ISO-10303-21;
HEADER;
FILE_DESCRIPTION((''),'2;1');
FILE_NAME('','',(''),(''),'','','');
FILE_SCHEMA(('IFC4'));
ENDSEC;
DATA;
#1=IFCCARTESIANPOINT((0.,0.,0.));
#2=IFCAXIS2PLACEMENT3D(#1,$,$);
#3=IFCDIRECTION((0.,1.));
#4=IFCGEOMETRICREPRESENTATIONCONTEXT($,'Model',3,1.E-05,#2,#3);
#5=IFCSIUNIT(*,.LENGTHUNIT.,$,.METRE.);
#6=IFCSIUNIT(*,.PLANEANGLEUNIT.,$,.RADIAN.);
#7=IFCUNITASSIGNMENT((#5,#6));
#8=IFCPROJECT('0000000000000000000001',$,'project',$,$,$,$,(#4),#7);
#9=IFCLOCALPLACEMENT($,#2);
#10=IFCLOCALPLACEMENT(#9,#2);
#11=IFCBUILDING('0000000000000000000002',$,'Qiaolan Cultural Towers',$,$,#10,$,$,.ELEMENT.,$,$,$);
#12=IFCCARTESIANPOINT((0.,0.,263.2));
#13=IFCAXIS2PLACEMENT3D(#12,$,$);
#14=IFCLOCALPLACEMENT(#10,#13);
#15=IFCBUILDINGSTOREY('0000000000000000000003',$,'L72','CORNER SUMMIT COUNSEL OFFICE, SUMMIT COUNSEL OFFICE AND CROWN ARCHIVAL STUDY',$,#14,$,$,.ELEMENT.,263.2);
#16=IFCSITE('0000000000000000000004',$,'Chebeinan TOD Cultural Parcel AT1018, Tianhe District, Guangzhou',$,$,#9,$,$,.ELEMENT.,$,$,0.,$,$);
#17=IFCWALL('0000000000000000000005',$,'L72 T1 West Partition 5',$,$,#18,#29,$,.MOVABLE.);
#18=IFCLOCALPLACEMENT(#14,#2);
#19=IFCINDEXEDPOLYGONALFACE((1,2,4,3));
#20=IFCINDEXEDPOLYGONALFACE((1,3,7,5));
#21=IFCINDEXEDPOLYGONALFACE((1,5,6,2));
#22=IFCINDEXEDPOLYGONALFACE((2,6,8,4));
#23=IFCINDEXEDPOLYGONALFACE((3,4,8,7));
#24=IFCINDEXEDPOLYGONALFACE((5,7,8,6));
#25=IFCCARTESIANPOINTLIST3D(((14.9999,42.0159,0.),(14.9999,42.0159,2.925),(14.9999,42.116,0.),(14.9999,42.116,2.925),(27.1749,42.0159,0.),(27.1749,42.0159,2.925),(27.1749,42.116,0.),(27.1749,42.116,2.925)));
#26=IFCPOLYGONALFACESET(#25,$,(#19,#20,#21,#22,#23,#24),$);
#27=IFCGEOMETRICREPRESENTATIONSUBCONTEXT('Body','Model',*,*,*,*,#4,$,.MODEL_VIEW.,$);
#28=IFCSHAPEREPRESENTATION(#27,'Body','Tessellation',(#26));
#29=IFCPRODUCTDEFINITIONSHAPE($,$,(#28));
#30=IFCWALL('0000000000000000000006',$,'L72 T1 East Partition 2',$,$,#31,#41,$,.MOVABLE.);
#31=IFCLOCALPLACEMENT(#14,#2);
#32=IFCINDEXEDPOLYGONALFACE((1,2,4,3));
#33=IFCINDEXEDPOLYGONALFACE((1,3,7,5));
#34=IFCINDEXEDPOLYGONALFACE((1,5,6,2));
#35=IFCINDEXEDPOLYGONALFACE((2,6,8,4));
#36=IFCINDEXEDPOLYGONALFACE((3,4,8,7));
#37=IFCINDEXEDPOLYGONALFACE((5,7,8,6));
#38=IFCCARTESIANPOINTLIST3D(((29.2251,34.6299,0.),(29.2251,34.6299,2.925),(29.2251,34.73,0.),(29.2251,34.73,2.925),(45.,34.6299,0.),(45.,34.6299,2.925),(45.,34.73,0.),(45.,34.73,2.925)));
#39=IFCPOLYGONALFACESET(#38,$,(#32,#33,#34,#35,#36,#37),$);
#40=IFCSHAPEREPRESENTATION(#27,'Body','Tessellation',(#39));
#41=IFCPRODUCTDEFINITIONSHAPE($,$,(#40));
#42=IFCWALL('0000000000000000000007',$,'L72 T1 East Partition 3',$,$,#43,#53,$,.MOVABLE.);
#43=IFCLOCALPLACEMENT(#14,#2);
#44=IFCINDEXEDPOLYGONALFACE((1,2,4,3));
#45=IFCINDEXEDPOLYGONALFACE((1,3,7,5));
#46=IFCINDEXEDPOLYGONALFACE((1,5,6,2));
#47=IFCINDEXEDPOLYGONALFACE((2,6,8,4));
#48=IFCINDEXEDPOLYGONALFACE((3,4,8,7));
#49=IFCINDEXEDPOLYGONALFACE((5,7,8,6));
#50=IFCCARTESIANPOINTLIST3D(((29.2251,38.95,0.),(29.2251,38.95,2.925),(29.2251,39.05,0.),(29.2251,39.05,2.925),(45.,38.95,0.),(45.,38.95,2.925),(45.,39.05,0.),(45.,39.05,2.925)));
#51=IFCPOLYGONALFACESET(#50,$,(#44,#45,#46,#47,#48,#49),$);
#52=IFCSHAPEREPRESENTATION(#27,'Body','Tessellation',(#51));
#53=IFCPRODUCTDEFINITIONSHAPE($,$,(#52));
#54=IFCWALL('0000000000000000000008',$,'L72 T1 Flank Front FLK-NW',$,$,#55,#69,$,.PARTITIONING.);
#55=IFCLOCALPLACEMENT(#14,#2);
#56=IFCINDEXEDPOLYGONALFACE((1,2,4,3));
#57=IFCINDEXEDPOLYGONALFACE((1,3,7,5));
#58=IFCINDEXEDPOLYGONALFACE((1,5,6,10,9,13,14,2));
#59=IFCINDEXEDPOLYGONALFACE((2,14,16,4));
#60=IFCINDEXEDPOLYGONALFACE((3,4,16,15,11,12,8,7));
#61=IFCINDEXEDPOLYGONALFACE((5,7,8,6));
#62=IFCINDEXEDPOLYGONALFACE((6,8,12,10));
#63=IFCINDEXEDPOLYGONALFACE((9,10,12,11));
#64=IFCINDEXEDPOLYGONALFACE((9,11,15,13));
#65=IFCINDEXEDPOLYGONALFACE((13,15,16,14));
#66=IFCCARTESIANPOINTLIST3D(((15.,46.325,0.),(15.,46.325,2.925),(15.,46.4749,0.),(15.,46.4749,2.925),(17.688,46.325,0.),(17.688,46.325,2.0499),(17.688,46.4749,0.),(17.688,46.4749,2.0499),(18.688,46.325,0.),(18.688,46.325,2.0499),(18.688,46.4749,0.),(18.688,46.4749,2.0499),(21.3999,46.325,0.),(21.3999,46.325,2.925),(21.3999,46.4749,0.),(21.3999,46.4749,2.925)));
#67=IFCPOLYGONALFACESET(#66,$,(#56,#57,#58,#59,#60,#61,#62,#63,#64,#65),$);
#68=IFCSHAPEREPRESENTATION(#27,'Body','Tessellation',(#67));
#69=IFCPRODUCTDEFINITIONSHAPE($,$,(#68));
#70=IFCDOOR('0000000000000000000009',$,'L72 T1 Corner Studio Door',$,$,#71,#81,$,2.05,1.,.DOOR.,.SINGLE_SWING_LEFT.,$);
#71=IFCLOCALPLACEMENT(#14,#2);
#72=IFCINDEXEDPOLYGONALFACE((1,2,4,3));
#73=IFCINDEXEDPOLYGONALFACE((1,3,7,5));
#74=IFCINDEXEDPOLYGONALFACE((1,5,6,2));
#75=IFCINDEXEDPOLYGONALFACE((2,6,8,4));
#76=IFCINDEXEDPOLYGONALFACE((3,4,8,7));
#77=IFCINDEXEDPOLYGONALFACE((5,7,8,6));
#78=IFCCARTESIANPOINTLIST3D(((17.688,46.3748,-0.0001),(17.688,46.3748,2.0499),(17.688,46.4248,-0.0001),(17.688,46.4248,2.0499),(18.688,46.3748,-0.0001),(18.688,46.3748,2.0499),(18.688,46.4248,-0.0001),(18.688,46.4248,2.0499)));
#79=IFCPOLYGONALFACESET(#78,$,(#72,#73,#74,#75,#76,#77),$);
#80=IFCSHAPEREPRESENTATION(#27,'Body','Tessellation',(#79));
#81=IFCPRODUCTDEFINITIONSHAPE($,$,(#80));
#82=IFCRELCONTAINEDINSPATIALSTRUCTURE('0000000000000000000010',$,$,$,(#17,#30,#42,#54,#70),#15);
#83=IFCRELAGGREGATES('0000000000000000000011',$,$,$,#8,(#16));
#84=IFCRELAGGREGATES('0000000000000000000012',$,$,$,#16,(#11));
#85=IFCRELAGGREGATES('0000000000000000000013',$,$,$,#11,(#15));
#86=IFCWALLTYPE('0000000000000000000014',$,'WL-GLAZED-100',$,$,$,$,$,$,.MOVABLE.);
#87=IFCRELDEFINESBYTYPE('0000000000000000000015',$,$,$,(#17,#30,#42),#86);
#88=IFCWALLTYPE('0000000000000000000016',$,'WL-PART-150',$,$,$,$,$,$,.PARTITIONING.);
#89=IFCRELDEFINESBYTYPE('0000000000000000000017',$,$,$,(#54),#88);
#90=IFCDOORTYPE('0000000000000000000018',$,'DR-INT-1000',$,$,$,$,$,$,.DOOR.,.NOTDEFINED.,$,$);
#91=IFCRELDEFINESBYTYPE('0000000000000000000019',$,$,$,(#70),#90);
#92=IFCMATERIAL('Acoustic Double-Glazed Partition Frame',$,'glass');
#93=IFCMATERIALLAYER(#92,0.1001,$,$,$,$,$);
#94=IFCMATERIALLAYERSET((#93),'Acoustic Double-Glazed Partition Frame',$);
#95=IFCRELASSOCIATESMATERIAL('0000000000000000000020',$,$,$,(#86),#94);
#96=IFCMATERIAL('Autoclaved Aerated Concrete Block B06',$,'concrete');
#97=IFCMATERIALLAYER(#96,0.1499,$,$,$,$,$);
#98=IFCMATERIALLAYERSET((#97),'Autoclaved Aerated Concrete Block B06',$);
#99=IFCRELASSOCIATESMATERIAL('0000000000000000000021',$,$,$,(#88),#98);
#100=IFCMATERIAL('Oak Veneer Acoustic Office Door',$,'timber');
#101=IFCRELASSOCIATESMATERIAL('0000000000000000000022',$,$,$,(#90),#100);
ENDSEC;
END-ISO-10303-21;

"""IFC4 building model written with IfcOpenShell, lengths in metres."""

from ifc_helpers import new_model, si_unit, direction, frame, frame_2d, origin, place, context, subcontext, project, spatial, rectangle, extrude, material, layer, layer_set, type_object, element, fill, save


model = new_model("IFC4")

# Units and contexts
model_context = context("Model", 3, precision=1e-05, world=origin(), true_north=direction((0.0, 1.0)))
body_context = subcontext(model_context, "Body", "Model", "MODEL_VIEW")
ifc_project = project(units=[si_unit("LENGTHUNIT", "METRE"), si_unit("PLANEANGLEUNIT", "RADIAN")], contexts=[model_context])

# Site, building, storey
site_placement = place(None, origin())
site = spatial("IfcSite", under=ifc_project, at=site_placement, Name="Chebeinan TOD Cultural Parcel AT1018, Tianhe District, Guangzhou", CompositionType="ELEMENT", RefElevation=0.0)
building_placement = place(site_placement, origin())
building = spatial("IfcBuilding", under=site, at=building_placement, Name="Qiaolan Cultural Towers", CompositionType="ELEMENT")
storey_placement = place(building_placement, frame((0.0, 0.0, 263.2)))
storey = spatial("IfcBuildingStorey", under=building, at=storey_placement, Name="L72", Description="CORNER SUMMIT COUNSEL OFFICE, SUMMIT COUNSEL OFFICE AND CROWN ARCHIVAL STUDY", CompositionType="ELEMENT", Elevation=263.2)

# Walls
ifc_material_1 = material(Name="Acoustic Double-Glazed Partition Frame", Category="glass")
ifc_layer_1 = layer(ifc_material_1, 0.1001)
ifc_layer_set_1 = layer_set([ifc_layer_1], Name="Acoustic Double-Glazed Partition Frame")
wall_type_1 = type_object("IfcWallType", Name="WL-GLAZED-100", PredefinedType="MOVABLE", material=ifc_layer_set_1)
for number, where, z_axis, x_axis, name in (
    (1, (15.0, 42.0659, 0.0), (0.0, 0.0, 1.0), (1.0, 0.0, 0.0), "L72 T1 West Partition 5"),
):
    element("IfcWall", number, at=place(storey_placement, frame(where, z_axis=z_axis, x_axis=x_axis)), inside=storey, type_object=wall_type_1, Name=name, PredefinedType="MOVABLE", context=body_context, shape_type="SweptSolid", body=[
        extrude(rectangle(XDim=12.175, YDim=0.1001, at=frame_2d((6.0874, 0.0))), origin(), (0.0, 0.0, 1.0), 2.925),
    ])
for number, where, z_axis, x_axis, name in (
    (2, (29.2251, 34.6799, 0.0), (0.0, 0.0, 1.0), (1.0, 0.0, 0.0), "L72 T1 East Partition 2"),
    (3, (29.2251, 39.0, 0.0), (0.0, 0.0, 1.0), (1.0, 0.0, 0.0), "L72 T1 East Partition 3"),
):
    element("IfcWall", number, at=place(storey_placement, frame(where, z_axis=z_axis, x_axis=x_axis)), inside=storey, type_object=wall_type_1, Name=name, PredefinedType="MOVABLE", context=body_context, shape_type="SweptSolid", body=[
        extrude(rectangle(XDim=15.7749, YDim=0.1001, at=frame_2d((7.8875, 0.0))), origin(), (0.0, 0.0, 1.0), 2.925),
    ])

# Wall, opening, door
ifc_material_2 = material(Name="Autoclaved Aerated Concrete Block B06", Category="concrete")
ifc_layer_2 = layer(ifc_material_2, 0.1499)
ifc_layer_set_2 = layer_set([ifc_layer_2], Name="Autoclaved Aerated Concrete Block B06")
wall_type_2 = type_object("IfcWallType", Name="WL-PART-150", PredefinedType="PARTITIONING", material=ifc_layer_set_2)
wall_1_placement = place(storey_placement, frame((15.0, 46.3999, 0.0), z_axis=(0.0, 0.0, 1.0), x_axis=(1.0, 0.0, 0.0)))
wall_1 = element("IfcWall", 4, at=wall_1_placement, inside=storey, type_object=wall_type_2, Name="L72 T1 Flank Front FLK-NW", PredefinedType="PARTITIONING", context=body_context, shape_type="SweptSolid", body=[
    extrude(rectangle(XDim=6.3999, YDim=0.1499, at=frame_2d((3.2, 0.0))), origin(), (0.0, 0.0, 1.0), 2.925),
])
opening_1_placement = place(wall_1_placement, frame((2.688, 0.0, 0.0)))
opening_1 = element("IfcOpeningElement", 5, at=opening_1_placement, cuts=wall_1, PredefinedType="OPENING", context=body_context, shape_type="SweptSolid", body=[
    extrude(rectangle(XDim=1.0, YDim=2.05, at=frame_2d((0.5, 1.0249))), frame((0.0, 0.085, 0.0), z_axis=(0.0, -1.0, 0.0), x_axis=(1.0, 0.0, 0.0)), (0.0, 0.0, 1.0), 0.1699),
])
ifc_material_3 = material(Name="Oak Veneer Acoustic Office Door", Category="timber")
door_type_1 = type_object("IfcDoorType", Name="DR-INT-1000", OperationType="NOTDEFINED", PredefinedType="DOOR", material=ifc_material_3)
door_1_placement = place(opening_1_placement, origin())
door_1 = element("IfcDoor", 6, at=door_1_placement, inside=storey, type_object=door_type_1, Name="L72 T1 Corner Studio Door", OperationType="SINGLE_SWING_LEFT", OverallHeight=2.05, OverallWidth=1.0, PredefinedType="DOOR", context=body_context, shape_type="SweptSolid", body=[
    extrude(rectangle(XDim=1.0, YDim=2.05, at=frame_2d((0.5, 1.0249))), frame((0.0, 0.0249, 0.0), z_axis=(0.0, -1.0, 0.0), x_axis=(1.0, 0.0, 0.0)), (0.0, 0.0, 1.0), 0.05),
])
fill(opening_1, door_1)

save(model, "model.ifc")
